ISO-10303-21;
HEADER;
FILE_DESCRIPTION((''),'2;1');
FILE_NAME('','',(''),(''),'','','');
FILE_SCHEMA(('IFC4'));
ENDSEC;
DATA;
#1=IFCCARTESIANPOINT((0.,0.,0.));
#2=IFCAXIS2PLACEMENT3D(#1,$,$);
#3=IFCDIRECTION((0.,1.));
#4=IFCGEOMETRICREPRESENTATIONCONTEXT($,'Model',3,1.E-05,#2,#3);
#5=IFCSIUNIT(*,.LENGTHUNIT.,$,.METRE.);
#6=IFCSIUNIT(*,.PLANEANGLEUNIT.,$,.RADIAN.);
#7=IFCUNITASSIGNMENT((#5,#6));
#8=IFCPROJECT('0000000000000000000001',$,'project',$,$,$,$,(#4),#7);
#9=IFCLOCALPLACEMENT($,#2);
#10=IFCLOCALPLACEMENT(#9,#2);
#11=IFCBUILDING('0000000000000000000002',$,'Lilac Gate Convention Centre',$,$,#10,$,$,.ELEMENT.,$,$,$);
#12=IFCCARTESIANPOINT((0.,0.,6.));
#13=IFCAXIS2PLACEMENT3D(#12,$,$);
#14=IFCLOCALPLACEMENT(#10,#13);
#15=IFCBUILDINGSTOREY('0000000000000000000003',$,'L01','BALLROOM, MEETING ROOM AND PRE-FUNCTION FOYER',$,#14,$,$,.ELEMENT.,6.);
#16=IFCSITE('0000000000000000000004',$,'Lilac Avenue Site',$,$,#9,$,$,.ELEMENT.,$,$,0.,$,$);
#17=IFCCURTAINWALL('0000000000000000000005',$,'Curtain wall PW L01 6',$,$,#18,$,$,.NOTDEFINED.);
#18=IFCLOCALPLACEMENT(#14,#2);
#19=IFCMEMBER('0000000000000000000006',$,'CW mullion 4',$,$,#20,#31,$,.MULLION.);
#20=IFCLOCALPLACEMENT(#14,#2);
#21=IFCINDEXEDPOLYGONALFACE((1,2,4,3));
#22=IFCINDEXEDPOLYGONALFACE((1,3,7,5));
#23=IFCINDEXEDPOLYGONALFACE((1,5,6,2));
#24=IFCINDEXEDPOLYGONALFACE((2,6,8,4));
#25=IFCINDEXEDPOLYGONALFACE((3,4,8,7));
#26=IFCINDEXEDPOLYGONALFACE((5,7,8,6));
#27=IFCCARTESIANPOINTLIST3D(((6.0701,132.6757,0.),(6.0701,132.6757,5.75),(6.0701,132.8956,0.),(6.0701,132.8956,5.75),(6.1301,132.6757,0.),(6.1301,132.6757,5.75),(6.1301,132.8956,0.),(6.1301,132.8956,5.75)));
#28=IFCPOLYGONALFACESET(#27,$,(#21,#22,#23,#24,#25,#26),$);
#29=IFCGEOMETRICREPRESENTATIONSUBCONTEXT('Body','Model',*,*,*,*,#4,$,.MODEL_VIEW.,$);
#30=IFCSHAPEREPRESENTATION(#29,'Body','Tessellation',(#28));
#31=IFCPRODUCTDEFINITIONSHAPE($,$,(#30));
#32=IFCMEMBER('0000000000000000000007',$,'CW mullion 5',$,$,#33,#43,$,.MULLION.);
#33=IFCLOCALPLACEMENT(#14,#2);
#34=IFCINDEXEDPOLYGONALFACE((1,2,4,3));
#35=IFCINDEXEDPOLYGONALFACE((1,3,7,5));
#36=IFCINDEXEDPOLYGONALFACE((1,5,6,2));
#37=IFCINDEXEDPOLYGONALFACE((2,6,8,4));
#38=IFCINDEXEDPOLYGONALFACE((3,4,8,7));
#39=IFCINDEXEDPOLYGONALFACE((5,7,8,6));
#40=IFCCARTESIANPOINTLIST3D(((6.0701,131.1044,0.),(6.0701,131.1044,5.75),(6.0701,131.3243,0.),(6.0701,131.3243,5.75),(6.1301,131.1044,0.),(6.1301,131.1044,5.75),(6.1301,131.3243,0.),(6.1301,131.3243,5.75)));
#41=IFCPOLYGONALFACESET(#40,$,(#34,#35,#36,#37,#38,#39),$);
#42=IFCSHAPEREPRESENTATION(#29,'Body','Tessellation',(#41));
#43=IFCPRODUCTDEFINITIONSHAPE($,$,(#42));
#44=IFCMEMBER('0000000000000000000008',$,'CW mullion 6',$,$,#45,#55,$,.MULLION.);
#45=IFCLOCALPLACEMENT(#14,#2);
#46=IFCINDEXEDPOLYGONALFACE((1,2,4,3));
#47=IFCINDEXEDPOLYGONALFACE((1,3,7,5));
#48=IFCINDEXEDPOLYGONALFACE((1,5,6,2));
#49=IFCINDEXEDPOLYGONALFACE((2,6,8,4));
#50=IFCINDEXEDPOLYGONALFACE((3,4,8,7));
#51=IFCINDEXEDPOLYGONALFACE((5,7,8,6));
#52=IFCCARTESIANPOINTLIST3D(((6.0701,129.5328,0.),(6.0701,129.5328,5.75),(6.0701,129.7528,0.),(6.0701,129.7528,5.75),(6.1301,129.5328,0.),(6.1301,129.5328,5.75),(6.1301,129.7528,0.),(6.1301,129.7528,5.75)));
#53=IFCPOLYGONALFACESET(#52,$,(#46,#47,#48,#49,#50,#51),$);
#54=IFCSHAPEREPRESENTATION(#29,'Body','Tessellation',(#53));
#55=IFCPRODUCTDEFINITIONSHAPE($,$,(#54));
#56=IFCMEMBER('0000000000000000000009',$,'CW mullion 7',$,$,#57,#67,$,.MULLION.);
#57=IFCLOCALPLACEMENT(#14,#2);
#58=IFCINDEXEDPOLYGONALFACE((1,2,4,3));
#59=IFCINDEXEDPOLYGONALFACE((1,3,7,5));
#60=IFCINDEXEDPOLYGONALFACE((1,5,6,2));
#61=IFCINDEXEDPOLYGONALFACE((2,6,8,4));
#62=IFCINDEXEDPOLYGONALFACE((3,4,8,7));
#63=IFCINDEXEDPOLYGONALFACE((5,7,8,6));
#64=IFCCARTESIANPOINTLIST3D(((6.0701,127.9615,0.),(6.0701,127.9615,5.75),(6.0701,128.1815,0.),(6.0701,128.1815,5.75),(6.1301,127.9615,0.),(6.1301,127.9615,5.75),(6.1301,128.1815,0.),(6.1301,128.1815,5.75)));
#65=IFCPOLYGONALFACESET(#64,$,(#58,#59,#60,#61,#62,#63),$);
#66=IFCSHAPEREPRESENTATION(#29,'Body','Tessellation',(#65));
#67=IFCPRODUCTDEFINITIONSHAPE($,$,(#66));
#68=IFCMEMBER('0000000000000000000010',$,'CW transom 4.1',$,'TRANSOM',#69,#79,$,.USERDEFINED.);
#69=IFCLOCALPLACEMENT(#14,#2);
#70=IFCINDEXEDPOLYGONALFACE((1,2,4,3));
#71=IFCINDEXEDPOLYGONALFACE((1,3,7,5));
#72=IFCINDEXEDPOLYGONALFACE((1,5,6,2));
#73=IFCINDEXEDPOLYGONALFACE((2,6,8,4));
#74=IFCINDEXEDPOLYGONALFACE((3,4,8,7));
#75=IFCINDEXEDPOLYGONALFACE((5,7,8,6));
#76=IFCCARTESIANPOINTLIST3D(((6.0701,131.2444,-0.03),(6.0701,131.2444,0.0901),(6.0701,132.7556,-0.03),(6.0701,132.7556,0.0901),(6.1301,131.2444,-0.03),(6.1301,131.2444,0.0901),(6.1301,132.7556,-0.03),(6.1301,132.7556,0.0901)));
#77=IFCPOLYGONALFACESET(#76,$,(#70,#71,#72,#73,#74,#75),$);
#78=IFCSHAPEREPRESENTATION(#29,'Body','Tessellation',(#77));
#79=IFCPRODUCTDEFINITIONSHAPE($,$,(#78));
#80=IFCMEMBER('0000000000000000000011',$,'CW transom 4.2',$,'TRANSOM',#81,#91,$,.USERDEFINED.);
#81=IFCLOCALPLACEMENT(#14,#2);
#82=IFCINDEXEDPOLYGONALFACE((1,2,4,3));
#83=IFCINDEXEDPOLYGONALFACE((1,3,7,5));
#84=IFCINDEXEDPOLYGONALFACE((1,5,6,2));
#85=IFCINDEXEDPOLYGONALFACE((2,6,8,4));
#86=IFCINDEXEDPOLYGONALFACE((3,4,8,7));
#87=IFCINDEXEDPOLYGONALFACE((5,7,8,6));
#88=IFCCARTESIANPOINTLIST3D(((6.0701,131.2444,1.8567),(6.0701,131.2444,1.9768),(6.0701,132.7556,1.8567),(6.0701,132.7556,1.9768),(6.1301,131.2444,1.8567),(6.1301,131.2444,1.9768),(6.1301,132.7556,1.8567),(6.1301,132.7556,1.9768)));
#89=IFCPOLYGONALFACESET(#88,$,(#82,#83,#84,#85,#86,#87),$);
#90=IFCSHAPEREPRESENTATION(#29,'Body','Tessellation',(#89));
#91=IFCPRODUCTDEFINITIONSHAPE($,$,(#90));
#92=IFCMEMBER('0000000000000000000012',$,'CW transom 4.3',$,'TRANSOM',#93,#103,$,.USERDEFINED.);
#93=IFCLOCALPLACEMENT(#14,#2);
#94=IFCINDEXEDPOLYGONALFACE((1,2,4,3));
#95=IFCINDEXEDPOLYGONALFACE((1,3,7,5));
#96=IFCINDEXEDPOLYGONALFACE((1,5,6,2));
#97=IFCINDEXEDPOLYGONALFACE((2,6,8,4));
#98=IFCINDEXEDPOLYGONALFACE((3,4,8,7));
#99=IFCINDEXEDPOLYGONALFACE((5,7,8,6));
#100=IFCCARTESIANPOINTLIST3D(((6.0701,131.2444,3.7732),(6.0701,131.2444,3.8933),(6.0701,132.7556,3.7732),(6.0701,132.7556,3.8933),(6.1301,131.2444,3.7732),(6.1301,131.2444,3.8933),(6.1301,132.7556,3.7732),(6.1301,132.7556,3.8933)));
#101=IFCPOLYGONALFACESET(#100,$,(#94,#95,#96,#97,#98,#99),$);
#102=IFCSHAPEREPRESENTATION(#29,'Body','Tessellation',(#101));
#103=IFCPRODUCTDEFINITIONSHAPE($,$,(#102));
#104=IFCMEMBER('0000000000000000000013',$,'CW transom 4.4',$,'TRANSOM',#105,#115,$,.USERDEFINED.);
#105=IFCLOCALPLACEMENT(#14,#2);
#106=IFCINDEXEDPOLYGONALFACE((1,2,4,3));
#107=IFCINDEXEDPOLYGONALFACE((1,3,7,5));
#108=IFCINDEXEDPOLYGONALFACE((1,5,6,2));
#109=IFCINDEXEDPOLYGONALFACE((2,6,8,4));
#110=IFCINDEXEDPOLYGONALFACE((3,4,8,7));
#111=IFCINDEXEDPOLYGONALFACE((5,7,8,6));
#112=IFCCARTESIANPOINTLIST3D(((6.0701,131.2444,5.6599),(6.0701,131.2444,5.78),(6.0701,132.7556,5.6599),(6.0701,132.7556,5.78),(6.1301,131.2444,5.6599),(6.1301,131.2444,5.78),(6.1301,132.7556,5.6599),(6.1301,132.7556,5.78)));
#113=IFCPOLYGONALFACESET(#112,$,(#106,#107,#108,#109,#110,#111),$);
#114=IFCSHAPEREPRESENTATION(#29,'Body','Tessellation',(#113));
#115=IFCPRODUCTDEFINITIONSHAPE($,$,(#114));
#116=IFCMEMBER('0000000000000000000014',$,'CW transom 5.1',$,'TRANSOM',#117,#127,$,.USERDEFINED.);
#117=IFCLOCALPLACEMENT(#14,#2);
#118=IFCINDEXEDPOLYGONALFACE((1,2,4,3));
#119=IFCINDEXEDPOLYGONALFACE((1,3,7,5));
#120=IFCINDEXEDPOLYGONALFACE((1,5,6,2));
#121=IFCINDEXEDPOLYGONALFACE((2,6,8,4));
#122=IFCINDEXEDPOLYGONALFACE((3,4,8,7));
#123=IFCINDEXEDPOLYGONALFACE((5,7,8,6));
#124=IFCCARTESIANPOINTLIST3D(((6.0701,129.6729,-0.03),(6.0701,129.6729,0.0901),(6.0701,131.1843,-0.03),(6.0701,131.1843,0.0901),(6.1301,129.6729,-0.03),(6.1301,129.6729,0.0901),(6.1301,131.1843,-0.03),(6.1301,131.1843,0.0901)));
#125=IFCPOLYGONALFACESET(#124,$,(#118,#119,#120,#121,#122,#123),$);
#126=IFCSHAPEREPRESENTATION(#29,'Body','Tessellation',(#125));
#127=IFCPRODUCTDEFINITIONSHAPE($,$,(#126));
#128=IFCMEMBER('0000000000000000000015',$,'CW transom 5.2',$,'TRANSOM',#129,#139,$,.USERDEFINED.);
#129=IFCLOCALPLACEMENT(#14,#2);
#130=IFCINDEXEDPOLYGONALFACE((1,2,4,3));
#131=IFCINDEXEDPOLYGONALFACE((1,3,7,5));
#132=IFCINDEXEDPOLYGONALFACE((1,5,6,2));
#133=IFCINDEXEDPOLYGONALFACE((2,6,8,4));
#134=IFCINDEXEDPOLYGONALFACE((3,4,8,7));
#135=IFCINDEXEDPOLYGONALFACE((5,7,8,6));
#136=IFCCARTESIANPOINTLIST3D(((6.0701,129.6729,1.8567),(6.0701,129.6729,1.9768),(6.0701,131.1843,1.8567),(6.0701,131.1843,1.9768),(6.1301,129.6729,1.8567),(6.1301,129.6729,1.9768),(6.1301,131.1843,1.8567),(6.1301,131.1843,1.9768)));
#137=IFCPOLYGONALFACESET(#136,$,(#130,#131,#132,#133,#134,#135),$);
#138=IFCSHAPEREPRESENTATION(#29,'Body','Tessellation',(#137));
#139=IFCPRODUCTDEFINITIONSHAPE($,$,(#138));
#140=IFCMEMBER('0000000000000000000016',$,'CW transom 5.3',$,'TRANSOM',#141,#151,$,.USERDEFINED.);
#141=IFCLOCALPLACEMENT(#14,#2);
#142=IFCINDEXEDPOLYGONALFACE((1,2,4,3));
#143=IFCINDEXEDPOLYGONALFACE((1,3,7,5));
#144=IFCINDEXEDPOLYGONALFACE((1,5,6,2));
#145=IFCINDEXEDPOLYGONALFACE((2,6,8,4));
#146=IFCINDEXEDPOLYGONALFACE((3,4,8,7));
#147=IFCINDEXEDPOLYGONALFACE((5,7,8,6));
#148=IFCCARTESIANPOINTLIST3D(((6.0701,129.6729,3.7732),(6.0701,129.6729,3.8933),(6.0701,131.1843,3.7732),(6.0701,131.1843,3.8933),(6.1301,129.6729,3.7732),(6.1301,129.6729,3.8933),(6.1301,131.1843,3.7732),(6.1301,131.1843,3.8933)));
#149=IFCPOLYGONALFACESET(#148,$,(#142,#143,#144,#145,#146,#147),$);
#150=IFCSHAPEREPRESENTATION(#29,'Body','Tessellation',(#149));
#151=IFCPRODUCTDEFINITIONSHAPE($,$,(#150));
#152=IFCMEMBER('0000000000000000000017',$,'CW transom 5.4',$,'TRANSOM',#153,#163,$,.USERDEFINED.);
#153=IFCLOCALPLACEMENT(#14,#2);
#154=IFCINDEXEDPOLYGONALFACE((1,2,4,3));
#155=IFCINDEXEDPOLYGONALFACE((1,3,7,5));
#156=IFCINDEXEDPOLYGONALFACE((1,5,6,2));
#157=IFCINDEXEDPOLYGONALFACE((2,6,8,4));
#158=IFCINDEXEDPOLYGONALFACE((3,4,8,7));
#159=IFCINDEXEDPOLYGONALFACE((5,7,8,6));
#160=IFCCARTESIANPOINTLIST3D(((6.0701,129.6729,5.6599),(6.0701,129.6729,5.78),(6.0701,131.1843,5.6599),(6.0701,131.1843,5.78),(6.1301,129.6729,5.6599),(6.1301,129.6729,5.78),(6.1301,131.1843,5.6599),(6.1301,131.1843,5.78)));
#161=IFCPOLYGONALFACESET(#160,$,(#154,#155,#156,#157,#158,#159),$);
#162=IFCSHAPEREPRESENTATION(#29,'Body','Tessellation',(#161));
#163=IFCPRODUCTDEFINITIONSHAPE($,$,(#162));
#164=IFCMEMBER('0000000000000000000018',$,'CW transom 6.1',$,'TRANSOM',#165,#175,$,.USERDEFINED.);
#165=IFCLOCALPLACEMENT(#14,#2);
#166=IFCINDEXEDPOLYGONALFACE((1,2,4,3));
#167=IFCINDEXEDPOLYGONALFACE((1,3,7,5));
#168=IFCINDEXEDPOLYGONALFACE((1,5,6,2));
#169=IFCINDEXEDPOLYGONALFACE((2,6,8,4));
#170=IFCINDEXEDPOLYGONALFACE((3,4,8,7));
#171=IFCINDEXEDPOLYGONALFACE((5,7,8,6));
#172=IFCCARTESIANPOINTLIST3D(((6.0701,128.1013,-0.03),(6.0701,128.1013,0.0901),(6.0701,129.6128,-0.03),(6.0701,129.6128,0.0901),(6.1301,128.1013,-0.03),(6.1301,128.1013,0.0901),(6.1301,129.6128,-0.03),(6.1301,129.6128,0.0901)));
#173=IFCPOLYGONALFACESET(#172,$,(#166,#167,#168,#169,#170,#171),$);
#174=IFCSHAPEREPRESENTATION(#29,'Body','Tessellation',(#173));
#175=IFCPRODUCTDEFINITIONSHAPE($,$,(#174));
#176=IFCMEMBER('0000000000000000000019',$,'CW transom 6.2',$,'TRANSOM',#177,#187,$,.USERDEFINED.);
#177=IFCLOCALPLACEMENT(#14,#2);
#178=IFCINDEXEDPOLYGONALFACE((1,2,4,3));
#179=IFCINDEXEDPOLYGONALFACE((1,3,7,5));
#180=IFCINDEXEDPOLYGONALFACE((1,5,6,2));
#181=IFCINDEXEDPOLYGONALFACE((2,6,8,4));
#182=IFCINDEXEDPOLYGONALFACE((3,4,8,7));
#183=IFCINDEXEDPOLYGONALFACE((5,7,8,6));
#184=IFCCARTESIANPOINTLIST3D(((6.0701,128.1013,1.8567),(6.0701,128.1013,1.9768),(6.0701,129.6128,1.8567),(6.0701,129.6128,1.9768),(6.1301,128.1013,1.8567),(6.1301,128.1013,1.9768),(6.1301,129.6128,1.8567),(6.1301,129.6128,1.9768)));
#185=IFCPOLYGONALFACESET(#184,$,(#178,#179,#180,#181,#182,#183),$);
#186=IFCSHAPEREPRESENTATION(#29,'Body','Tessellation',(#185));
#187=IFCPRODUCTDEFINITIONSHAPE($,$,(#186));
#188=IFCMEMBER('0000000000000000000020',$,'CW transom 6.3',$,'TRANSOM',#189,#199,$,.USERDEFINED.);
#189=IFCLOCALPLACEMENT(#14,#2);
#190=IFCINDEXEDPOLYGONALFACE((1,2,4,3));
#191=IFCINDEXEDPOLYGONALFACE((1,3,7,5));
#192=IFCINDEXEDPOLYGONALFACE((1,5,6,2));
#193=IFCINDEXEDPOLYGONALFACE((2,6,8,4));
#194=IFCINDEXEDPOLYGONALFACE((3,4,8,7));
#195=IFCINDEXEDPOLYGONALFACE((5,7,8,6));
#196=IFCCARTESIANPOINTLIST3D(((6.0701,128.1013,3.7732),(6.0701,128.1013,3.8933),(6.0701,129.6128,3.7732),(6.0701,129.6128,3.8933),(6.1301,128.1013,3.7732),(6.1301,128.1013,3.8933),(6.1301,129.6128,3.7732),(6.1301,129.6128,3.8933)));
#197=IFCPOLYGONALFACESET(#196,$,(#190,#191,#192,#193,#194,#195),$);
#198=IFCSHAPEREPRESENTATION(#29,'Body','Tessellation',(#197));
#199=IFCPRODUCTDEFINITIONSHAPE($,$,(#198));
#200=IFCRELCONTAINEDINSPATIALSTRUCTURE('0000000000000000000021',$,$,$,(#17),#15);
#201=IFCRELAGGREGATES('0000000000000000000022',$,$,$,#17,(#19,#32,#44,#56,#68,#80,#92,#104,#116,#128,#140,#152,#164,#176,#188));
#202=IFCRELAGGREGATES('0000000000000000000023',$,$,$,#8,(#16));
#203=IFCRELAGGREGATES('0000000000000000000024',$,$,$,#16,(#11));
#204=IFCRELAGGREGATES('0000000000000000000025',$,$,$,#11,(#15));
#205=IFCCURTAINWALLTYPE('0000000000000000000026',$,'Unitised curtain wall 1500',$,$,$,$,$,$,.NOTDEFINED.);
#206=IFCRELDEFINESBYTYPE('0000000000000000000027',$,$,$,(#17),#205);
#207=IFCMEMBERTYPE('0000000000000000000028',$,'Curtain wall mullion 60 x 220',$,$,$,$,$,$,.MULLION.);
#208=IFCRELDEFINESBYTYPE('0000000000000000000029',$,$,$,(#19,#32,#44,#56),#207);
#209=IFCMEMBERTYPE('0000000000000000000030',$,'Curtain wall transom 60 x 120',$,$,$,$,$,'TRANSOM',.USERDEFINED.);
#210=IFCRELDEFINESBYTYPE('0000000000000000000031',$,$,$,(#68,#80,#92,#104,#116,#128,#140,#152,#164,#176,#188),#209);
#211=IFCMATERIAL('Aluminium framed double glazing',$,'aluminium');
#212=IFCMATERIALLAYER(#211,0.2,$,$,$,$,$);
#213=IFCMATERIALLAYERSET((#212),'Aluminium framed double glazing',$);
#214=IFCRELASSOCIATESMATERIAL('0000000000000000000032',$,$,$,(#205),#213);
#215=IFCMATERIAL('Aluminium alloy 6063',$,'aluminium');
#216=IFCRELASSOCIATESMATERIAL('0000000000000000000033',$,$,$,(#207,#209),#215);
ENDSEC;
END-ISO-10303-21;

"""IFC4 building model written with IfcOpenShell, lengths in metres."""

from ifc_helpers import new_model, si_unit, direction, frame, origin, origin_2d, place, context, subcontext, project, spatial, rectangle, extrude, material, layer, layer_set, material_profile, profile_set, type_object, element, aggregate, save


model = new_model("IFC4")

# Units and contexts
model_context = context("Model", 3, precision=1e-05, world=origin(), true_north=direction((0.0, 1.0)))
body_context = subcontext(model_context, "Body", "Model", "MODEL_VIEW")
ifc_project = project(units=[si_unit("LENGTHUNIT", "METRE"), si_unit("PLANEANGLEUNIT", "RADIAN")], contexts=[model_context])

# Site, building, storey
site_placement = place(None, origin())
site = spatial("IfcSite", under=ifc_project, at=site_placement, Name="Lilac Avenue Site", CompositionType="ELEMENT", RefElevation=0.0)
building_placement = place(site_placement, origin())
building = spatial("IfcBuilding", under=site, at=building_placement, Name="Lilac Gate Convention Centre", CompositionType="ELEMENT")
storey_placement = place(building_placement, frame((0.0, 0.0, 6.0)))
storey = spatial("IfcBuildingStorey", under=building, at=storey_placement, Name="L01", Description="BALLROOM, MEETING ROOM AND PRE-FUNCTION FOYER", CompositionType="ELEMENT", Elevation=6.0)

# Curtain wall, members
ifc_material_1 = material(Name="Aluminium framed double glazing", Category="aluminium")
ifc_layer_1 = layer(ifc_material_1, 0.2)
ifc_layer_set_1 = layer_set([ifc_layer_1], Name="Aluminium framed double glazing")
curtain_wall_type = type_object("IfcCurtainWallType", Name="Unitised curtain wall 1500", PredefinedType="NOTDEFINED", material=ifc_layer_set_1)
curtain_wall_placement = place(storey_placement, origin())
curtain_wall = element("IfcCurtainWall", 1, at=curtain_wall_placement, inside=storey, type_object=curtain_wall_type, Name="Curtain wall PW L01 6", PredefinedType="NOTDEFINED")
ifc_material_2 = material(Name="Aluminium alloy 6063", Category="aluminium")
ifc_material_profile_1 = material_profile(ifc_material_2, rectangle(XDim=0.0601, YDim=0.22, at=origin_2d()), Name="Curtain wall mullion 60 x 220")
ifc_profile_set_1 = profile_set([ifc_material_profile_1], Name="Aluminium alloy 6063")
member_type_1 = type_object("IfcMemberType", Name="Curtain wall mullion 60 x 220", PredefinedType="MULLION", material=ifc_profile_set_1)
member_1_placement = place(storey_placement, frame((6.1001, 132.7856, 0.0), z_axis=(0.0, 0.0, 1.0), x_axis=(1.0, 0.0, 0.0)))
member_1 = element("IfcMember", 2, at=member_1_placement, type_object=member_type_1, Name="CW mullion 4", PredefinedType="MULLION", context=body_context, shape_type="SweptSolid", body=[
    extrude(rectangle(XDim=0.0601, YDim=0.22, at=origin_2d()), origin(), (0.0, 0.0, 1.0), 5.75),
])
member_2_placement = place(storey_placement, frame((6.1001, 131.2144, 0.0), z_axis=(0.0, 0.0, 1.0), x_axis=(1.0, 0.0, 0.0)))
member_2 = element("IfcMember", 3, at=member_2_placement, type_object=member_type_1, Name="CW mullion 5", PredefinedType="MULLION", context=body_context, shape_type="SweptSolid", body=[
    extrude(rectangle(XDim=0.0601, YDim=0.22, at=origin_2d()), origin(), (0.0, 0.0, 1.0), 5.75),
])
member_3_placement = place(storey_placement, frame((6.1001, 129.6428, 0.0), z_axis=(0.0, 0.0, 1.0), x_axis=(1.0, 0.0, 0.0)))
member_3 = element("IfcMember", 4, at=member_3_placement, type_object=member_type_1, Name="CW mullion 6", PredefinedType="MULLION", context=body_context, shape_type="SweptSolid", body=[
    extrude(rectangle(XDim=0.0601, YDim=0.22, at=origin_2d()), origin(), (0.0, 0.0, 1.0), 5.75),
])
member_4_placement = place(storey_placement, frame((6.1001, 128.0715, 0.0), z_axis=(0.0, 0.0, 1.0), x_axis=(1.0, 0.0, 0.0)))
member_4 = element("IfcMember", 5, at=member_4_placement, type_object=member_type_1, Name="CW mullion 7", PredefinedType="MULLION", context=body_context, shape_type="SweptSolid", body=[
    extrude(rectangle(XDim=0.0601, YDim=0.22, at=origin_2d()), origin(), (0.0, 0.0, 1.0), 5.75),
])
ifc_material_profile_2 = material_profile(ifc_material_2, rectangle(XDim=0.0601, YDim=0.1201, at=origin_2d()), Name="Curtain wall transom 60 x 120")
ifc_profile_set_2 = profile_set([ifc_material_profile_2], Name="Aluminium alloy 6063")
member_type_2 = type_object("IfcMemberType", Name="Curtain wall transom 60 x 120", ElementType="TRANSOM", PredefinedType="USERDEFINED", material=ifc_profile_set_2)
member_5_placement = place(storey_placement, frame((6.1001, 132.7556, 0.03), z_axis=(0.0, -1.0, 0.0), x_axis=(1.0, 0.0, 0.0)))
member_5 = element("IfcMember", 6, at=member_5_placement, type_object=member_type_2, Name="CW transom 4.1", ObjectType="TRANSOM", PredefinedType="USERDEFINED", context=body_context, shape_type="SweptSolid", body=[
    extrude(rectangle(XDim=0.0601, YDim=0.1201, at=origin_2d()), origin(), (0.0, 0.0, 1.0), 1.5112),
])
member_6_placement = place(storey_placement, frame((6.1001, 132.7556, 1.9167), z_axis=(0.0, -1.0, 0.0), x_axis=(1.0, 0.0, 0.0)))
member_6 = element("IfcMember", 7, at=member_6_placement, type_object=member_type_2, Name="CW transom 4.2", ObjectType="TRANSOM", PredefinedType="USERDEFINED", context=body_context, shape_type="SweptSolid", body=[
    extrude(rectangle(XDim=0.0601, YDim=0.1201, at=origin_2d()), origin(), (0.0, 0.0, 1.0), 1.5112),
])
member_7_placement = place(storey_placement, frame((6.1001, 132.7556, 3.8333), z_axis=(0.0, -1.0, 0.0), x_axis=(1.0, 0.0, 0.0)))
member_7 = element("IfcMember", 8, at=member_7_placement, type_object=member_type_2, Name="CW transom 4.3", ObjectType="TRANSOM", PredefinedType="USERDEFINED", context=body_context, shape_type="SweptSolid", body=[
    extrude(rectangle(XDim=0.0601, YDim=0.1201, at=origin_2d()), origin(), (0.0, 0.0, 1.0), 1.5112),
])
member_8_placement = place(storey_placement, frame((6.1001, 132.7556, 5.72), z_axis=(0.0, -1.0, 0.0), x_axis=(1.0, 0.0, 0.0)))
member_8 = element("IfcMember", 9, at=member_8_placement, type_object=member_type_2, Name="CW transom 4.4", ObjectType="TRANSOM", PredefinedType="USERDEFINED", context=body_context, shape_type="SweptSolid", body=[
    extrude(rectangle(XDim=0.0601, YDim=0.1201, at=origin_2d()), origin(), (0.0, 0.0, 1.0), 1.5112),
])
member_9_placement = place(storey_placement, frame((6.1001, 131.1843, 0.03), z_axis=(0.0, -1.0, 0.0), x_axis=(1.0, 0.0, 0.0)))
member_9 = element("IfcMember", 10, at=member_9_placement, type_object=member_type_2, Name="CW transom 5.1", ObjectType="TRANSOM", PredefinedType="USERDEFINED", context=body_context, shape_type="SweptSolid", body=[
    extrude(rectangle(XDim=0.0601, YDim=0.1201, at=origin_2d()), origin(), (0.0, 0.0, 1.0), 1.5115),
])
member_10_placement = place(storey_placement, frame((6.1001, 131.1843, 1.9167), z_axis=(0.0, -1.0, 0.0), x_axis=(1.0, 0.0, 0.0)))
member_10 = element("IfcMember", 11, at=member_10_placement, type_object=member_type_2, Name="CW transom 5.2", ObjectType="TRANSOM", PredefinedType="USERDEFINED", context=body_context, shape_type="SweptSolid", body=[
    extrude(rectangle(XDim=0.0601, YDim=0.1201, at=origin_2d()), origin(), (0.0, 0.0, 1.0), 1.5115),
])
member_11_placement = place(storey_placement, frame((6.1001, 131.1843, 3.8333), z_axis=(0.0, -1.0, 0.0), x_axis=(1.0, 0.0, 0.0)))
member_11 = element("IfcMember", 12, at=member_11_placement, type_object=member_type_2, Name="CW transom 5.3", ObjectType="TRANSOM", PredefinedType="USERDEFINED", context=body_context, shape_type="SweptSolid", body=[
    extrude(rectangle(XDim=0.0601, YDim=0.1201, at=origin_2d()), origin(), (0.0, 0.0, 1.0), 1.5115),
])
member_12_placement = place(storey_placement, frame((6.1001, 131.1843, 5.72), z_axis=(0.0, -1.0, 0.0), x_axis=(1.0, 0.0, 0.0)))
member_12 = element("IfcMember", 13, at=member_12_placement, type_object=member_type_2, Name="CW transom 5.4", ObjectType="TRANSOM", PredefinedType="USERDEFINED", context=body_context, shape_type="SweptSolid", body=[
    extrude(rectangle(XDim=0.0601, YDim=0.1201, at=origin_2d()), origin(), (0.0, 0.0, 1.0), 1.5115),
])
member_13_placement = place(storey_placement, frame((6.1001, 129.6128, 0.03), z_axis=(0.0, -1.0, 0.0), x_axis=(1.0, 0.0, 0.0)))
member_13 = element("IfcMember", 14, at=member_13_placement, type_object=member_type_2, Name="CW transom 6.1", ObjectType="TRANSOM", PredefinedType="USERDEFINED", context=body_context, shape_type="SweptSolid", body=[
    extrude(rectangle(XDim=0.0601, YDim=0.1201, at=origin_2d()), origin(), (0.0, 0.0, 1.0), 1.5115),
])
member_14_placement = place(storey_placement, frame((6.1001, 129.6128, 1.9167), z_axis=(0.0, -1.0, 0.0), x_axis=(1.0, 0.0, 0.0)))
member_14 = element("IfcMember", 15, at=member_14_placement, type_object=member_type_2, Name="CW transom 6.2", ObjectType="TRANSOM", PredefinedType="USERDEFINED", context=body_context, shape_type="SweptSolid", body=[
    extrude(rectangle(XDim=0.0601, YDim=0.1201, at=origin_2d()), origin(), (0.0, 0.0, 1.0), 1.5115),
])
member_15_placement = place(storey_placement, frame((6.1001, 129.6128, 3.8333), z_axis=(0.0, -1.0, 0.0), x_axis=(1.0, 0.0, 0.0)))
member_15 = element("IfcMember", 16, at=member_15_placement, type_object=member_type_2, Name="CW transom 6.3", ObjectType="TRANSOM", PredefinedType="USERDEFINED", context=body_context, shape_type="SweptSolid", body=[
    extrude(rectangle(XDim=0.0601, YDim=0.1201, at=origin_2d()), origin(), (0.0, 0.0, 1.0), 1.5115),
])
aggregate(curtain_wall, [member_1, member_2, member_3, member_4, member_5, member_6, member_7, member_8, member_9, member_10, member_11, member_12, member_13, member_14, member_15])

save(model, "model.ifc")
